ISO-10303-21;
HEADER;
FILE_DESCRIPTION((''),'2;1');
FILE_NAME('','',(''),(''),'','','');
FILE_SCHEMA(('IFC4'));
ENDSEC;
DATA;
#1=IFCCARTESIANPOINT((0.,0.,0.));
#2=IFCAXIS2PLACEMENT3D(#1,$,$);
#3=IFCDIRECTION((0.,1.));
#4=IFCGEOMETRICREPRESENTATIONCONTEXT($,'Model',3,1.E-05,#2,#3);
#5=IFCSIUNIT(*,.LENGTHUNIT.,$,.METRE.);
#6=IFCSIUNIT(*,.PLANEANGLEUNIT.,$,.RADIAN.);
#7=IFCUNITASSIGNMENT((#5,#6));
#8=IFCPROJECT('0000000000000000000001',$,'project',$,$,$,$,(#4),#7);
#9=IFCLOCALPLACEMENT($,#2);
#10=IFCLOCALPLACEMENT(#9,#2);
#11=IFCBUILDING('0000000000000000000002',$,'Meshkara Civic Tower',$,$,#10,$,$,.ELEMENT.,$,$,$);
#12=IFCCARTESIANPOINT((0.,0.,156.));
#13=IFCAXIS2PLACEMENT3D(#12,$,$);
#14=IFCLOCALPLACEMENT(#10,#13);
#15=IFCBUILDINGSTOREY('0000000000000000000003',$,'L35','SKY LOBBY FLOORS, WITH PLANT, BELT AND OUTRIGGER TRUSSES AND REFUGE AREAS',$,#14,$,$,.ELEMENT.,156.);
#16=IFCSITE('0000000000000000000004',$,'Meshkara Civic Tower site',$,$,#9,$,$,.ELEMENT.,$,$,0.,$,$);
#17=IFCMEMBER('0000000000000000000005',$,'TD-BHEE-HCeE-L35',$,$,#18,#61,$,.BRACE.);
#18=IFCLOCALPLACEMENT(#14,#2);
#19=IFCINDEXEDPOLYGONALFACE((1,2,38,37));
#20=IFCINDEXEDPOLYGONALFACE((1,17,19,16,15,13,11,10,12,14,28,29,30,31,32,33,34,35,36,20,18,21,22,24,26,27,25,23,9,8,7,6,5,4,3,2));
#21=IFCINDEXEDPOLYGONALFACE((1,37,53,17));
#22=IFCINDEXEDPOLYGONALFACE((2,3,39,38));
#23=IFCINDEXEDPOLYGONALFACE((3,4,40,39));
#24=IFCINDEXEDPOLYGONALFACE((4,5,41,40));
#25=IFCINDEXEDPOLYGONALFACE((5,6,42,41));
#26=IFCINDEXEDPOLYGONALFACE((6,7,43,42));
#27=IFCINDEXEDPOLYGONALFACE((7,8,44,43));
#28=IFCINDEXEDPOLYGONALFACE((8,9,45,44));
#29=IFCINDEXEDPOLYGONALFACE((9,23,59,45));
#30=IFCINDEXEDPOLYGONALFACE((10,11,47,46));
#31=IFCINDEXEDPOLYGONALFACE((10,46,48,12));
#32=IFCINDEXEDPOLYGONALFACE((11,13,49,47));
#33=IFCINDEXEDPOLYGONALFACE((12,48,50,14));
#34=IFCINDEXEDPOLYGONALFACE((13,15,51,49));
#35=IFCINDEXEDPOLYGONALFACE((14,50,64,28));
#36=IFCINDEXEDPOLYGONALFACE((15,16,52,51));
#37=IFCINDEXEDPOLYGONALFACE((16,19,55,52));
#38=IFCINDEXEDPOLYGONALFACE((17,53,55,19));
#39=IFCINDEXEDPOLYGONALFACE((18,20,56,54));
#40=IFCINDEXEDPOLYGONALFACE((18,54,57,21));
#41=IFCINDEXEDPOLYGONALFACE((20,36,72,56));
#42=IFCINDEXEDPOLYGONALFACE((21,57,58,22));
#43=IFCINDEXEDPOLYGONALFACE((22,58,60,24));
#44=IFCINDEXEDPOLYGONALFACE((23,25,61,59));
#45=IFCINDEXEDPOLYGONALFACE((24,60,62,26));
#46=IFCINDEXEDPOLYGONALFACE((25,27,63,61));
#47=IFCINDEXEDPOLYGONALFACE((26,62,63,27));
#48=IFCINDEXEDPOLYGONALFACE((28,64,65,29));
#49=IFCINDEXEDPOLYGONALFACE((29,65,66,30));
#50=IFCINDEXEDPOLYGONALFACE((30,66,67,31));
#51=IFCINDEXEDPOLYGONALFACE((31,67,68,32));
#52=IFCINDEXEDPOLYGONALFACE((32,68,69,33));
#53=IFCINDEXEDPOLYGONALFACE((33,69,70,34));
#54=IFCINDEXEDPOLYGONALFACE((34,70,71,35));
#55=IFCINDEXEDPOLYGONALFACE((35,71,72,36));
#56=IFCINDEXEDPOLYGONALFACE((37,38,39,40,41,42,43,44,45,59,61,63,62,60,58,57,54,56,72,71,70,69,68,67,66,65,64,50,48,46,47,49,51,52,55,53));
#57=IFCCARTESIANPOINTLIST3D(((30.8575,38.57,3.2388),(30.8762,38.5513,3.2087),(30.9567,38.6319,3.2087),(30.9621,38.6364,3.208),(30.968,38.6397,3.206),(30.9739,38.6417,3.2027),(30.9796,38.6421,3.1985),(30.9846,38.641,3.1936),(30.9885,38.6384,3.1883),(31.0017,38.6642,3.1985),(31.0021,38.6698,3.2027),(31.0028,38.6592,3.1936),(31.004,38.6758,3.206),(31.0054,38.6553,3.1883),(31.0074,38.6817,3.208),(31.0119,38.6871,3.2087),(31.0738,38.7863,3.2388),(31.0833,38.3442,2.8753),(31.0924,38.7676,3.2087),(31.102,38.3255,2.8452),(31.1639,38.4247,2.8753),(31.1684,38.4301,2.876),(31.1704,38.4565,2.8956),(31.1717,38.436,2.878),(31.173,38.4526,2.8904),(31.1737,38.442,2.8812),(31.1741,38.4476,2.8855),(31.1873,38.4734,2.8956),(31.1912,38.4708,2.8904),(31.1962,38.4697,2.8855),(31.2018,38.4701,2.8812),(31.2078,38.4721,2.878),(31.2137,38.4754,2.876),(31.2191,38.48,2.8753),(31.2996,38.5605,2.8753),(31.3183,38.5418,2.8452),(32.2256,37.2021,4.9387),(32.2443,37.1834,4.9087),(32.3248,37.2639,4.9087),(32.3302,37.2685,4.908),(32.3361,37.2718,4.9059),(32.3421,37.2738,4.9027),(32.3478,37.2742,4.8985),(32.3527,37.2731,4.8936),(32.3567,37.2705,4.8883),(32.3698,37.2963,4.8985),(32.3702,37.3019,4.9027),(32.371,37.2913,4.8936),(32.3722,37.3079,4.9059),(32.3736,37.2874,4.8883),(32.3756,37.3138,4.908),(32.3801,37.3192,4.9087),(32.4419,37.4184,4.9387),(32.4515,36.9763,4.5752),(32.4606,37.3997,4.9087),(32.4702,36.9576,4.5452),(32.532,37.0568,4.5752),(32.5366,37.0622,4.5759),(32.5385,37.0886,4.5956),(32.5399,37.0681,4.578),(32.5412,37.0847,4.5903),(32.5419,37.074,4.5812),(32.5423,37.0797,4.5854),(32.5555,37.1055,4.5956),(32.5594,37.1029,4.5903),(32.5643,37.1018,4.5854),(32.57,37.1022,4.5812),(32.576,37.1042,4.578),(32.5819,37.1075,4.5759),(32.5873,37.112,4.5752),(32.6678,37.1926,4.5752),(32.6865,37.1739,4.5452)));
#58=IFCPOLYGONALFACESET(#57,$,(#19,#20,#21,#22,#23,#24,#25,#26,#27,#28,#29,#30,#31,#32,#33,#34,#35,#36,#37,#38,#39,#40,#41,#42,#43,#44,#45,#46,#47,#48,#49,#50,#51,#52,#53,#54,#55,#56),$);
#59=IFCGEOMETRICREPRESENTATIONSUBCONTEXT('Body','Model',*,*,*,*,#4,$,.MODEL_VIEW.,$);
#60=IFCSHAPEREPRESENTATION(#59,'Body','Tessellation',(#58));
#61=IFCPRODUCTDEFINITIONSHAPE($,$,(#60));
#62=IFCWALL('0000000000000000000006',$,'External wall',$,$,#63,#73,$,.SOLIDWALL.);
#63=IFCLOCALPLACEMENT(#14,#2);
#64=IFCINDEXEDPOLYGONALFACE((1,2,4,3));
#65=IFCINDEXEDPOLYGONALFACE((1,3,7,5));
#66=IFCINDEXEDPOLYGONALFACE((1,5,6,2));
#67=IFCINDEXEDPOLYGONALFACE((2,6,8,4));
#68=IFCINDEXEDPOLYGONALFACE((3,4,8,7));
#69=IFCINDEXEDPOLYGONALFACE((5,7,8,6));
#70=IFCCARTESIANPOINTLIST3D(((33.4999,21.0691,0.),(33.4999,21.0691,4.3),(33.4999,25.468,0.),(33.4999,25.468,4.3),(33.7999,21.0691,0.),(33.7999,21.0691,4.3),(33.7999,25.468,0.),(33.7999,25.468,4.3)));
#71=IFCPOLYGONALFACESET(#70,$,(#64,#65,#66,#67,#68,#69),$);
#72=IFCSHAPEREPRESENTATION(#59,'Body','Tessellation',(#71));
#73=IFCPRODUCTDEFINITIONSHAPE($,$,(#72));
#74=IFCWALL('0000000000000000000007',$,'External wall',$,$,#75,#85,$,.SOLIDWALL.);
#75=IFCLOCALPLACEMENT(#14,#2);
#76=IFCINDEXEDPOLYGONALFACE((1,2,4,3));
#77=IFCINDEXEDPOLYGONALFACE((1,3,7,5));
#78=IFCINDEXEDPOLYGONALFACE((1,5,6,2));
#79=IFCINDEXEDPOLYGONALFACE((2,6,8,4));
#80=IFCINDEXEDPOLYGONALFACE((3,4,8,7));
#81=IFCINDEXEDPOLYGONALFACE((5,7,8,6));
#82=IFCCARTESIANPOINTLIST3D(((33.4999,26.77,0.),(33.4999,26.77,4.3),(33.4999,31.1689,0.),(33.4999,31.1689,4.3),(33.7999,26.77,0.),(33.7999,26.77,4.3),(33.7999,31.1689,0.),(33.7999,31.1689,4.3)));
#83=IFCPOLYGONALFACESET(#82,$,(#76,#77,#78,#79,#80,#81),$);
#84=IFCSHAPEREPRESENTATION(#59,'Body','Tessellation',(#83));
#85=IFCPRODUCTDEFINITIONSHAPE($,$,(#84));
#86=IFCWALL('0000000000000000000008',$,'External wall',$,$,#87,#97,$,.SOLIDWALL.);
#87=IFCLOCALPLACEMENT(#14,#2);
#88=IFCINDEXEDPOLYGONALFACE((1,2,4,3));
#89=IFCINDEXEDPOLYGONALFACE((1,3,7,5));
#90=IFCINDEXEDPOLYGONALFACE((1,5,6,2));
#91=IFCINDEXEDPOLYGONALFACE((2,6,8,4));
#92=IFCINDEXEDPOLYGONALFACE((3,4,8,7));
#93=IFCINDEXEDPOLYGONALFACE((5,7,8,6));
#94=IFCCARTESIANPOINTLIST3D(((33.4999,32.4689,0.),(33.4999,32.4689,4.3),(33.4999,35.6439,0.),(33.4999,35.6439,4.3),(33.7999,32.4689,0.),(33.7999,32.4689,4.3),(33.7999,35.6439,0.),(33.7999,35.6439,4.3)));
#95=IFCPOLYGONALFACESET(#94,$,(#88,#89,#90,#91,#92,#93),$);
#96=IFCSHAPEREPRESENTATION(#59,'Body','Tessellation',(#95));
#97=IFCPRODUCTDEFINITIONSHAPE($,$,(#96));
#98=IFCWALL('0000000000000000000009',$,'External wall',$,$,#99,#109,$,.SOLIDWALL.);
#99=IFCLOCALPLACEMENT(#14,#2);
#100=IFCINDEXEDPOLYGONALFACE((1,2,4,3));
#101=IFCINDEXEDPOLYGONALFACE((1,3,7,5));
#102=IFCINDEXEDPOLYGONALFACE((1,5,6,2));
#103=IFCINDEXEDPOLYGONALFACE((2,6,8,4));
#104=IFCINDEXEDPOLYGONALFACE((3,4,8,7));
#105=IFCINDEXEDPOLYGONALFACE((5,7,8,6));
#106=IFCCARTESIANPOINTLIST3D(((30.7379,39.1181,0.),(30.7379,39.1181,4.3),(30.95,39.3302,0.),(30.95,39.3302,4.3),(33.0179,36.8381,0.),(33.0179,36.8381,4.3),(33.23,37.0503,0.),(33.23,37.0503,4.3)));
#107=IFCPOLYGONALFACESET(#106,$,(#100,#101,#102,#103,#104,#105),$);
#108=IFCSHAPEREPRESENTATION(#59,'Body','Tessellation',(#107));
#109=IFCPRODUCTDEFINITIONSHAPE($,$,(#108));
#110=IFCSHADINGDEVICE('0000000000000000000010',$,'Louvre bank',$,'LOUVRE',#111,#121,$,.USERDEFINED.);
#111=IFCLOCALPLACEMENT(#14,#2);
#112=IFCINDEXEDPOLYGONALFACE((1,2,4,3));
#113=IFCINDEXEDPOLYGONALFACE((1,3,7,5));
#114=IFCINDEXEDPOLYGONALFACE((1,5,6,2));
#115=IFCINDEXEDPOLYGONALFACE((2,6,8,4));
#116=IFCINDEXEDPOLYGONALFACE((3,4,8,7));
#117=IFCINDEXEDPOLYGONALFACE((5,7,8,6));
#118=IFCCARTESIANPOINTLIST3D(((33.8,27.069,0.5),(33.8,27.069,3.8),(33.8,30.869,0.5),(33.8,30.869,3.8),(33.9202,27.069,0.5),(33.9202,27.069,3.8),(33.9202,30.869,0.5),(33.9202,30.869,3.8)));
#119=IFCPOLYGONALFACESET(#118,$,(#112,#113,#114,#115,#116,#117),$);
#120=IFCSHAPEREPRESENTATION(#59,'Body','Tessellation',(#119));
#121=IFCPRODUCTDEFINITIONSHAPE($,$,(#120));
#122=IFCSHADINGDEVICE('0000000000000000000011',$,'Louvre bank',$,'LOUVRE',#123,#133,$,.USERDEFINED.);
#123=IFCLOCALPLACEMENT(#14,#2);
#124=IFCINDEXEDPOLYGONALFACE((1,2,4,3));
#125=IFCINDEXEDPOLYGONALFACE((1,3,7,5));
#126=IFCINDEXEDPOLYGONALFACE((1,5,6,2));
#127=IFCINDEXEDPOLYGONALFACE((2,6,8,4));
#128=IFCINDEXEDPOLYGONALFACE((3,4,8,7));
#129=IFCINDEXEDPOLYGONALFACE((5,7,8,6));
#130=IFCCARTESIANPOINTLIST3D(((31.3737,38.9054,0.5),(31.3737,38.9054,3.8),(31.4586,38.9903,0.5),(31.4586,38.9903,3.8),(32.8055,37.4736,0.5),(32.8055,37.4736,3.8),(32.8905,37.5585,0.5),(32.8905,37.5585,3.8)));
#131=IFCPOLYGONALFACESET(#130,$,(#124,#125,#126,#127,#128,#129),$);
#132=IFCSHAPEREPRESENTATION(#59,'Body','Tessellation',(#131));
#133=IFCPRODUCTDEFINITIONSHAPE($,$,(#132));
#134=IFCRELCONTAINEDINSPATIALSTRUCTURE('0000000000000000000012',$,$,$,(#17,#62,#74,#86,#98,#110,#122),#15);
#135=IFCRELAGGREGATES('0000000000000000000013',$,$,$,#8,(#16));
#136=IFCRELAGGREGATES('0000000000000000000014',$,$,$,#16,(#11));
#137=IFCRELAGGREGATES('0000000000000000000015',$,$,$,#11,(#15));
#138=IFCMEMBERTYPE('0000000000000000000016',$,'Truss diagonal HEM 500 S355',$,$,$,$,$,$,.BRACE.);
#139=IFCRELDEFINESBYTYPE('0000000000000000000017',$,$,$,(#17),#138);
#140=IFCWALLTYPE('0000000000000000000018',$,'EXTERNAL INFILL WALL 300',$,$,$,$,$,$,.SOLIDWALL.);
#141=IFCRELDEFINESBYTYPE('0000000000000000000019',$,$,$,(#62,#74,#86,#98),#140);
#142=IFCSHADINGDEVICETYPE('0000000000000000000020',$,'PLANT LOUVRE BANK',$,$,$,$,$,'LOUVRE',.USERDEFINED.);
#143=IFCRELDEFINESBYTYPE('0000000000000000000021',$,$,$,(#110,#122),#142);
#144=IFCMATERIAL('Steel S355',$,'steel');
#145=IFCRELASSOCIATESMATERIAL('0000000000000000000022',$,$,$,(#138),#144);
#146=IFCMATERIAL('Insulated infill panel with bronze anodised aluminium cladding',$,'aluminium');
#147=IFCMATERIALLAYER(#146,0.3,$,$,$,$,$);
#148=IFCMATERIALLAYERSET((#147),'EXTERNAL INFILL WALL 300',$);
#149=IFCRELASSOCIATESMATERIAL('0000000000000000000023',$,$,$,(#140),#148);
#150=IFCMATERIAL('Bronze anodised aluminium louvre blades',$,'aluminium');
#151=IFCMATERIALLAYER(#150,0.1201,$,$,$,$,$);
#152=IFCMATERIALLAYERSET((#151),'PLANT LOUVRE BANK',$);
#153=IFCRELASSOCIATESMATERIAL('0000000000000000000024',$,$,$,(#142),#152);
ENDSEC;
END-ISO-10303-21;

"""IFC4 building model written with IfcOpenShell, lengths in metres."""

from ifc_helpers import new_model, si_unit, direction, frame, frame_2d, origin, origin_2d, place, context, subcontext, project, spatial, rectangle, i_section, extrude, material, layer, layer_set, material_profile, profile_set, type_object, element, save


model = new_model("IFC4")

# Units and contexts
model_context = context("Model", 3, precision=1e-05, world=origin(), true_north=direction((0.0, 1.0)))
body_context = subcontext(model_context, "Body", "Model", "MODEL_VIEW")
ifc_project = project(units=[si_unit("LENGTHUNIT", "METRE"), si_unit("PLANEANGLEUNIT", "RADIAN")], contexts=[model_context])

# Site, building, storey
site_placement = place(None, origin())
site = spatial("IfcSite", under=ifc_project, at=site_placement, Name="Meshkara Civic Tower site", CompositionType="ELEMENT", RefElevation=0.0)
building_placement = place(site_placement, origin())
building = spatial("IfcBuilding", under=site, at=building_placement, Name="Meshkara Civic Tower", CompositionType="ELEMENT")
storey_placement = place(building_placement, frame((0.0, 0.0, 156.0)))
storey = spatial("IfcBuildingStorey", under=building, at=storey_placement, Name="L35", Description="SKY LOBBY FLOORS, WITH PLANT, BELT AND OUTRIGGER TRUSSES AND REFUGE AREAS", CompositionType="ELEMENT", Elevation=156.0)

# Member
ifc_material_1 = material(Name="Steel S355", Category="steel")
ifc_material_profile_1 = material_profile(ifc_material_1, i_section(OverallWidth=0.3059, OverallDepth=0.5239, WebThickness=0.0239, FlangeThickness=0.04, FilletRadius=0.0271, at=origin_2d()))
ifc_profile_set_1 = profile_set([ifc_material_profile_1], Name="Steel S355")
member_type = type_object("IfcMemberType", Name="Truss diagonal HEM 500 S355", PredefinedType="BRACE", material=ifc_profile_set_1)
member_1_placement = place(storey_placement, frame((32.4561, 37.188, 4.7419), z_axis=(-0.531234, 0.531139, -0.660061), x_axis=(-0.707044, -0.70717, 0.0)))
element("IfcMember", 1, at=member_1_placement, inside=storey, type_object=member_type, Name="TD-BHEE-HCeE-L35", PredefinedType="BRACE", context=body_context, shape_type="SweptSolid", body=[
    extrude(i_section(OverallWidth=0.3059, OverallDepth=0.5239, WebThickness=0.0239, FlangeThickness=0.04, FilletRadius=0.0271, at=origin_2d()), origin(), (0.0, 0.0, 1.0), 2.5754),
])

# Walls
ifc_material_2 = material(Name="Insulated infill panel with bronze anodised aluminium cladding", Category="aluminium")
ifc_layer_1 = layer(ifc_material_2, 0.3)
ifc_layer_set_1 = layer_set([ifc_layer_1], Name="EXTERNAL INFILL WALL 300")
wall_type = type_object("IfcWallType", Name="EXTERNAL INFILL WALL 300", PredefinedType="SOLIDWALL", material=ifc_layer_set_1)
for number, where, z_axis, x_axis, name in (
    (2, (33.6499, 21.0691, 0.0), (0.0, 0.0, 1.0), (0.0, 1.0, 0.0), "External wall"),
    (3, (33.6499, 26.77, 0.0), (0.0, 0.0, 1.0), (0.0, 1.0, 0.0), "External wall"),
):
    element("IfcWall", number, at=place(storey_placement, frame(where, z_axis=z_axis, x_axis=x_axis)), inside=storey, type_object=wall_type, Name=name, PredefinedType="SOLIDWALL", context=body_context, shape_type="SweptSolid", body=[
        extrude(rectangle(XDim=4.3989, YDim=0.3, at=frame_2d((2.1995, 0.0))), origin(), (0.0, 0.0, 1.0), 4.3),
    ])
wall_1_placement = place(storey_placement, frame((33.6499, 32.469, 0.0), z_axis=(0.0, 0.0, 1.0), x_axis=(0.0, 1.0, 0.0)))
element("IfcWall", 4, at=wall_1_placement, inside=storey, type_object=wall_type, Name="External wall", PredefinedType="SOLIDWALL", context=body_context, shape_type="SweptSolid", body=[
    extrude(rectangle(XDim=3.175, YDim=0.3, at=frame_2d((1.5874, 0.0))), origin(), (0.0, 0.0, 1.0), 4.3),
])
wall_2_placement = place(storey_placement, frame((33.124, 36.9441, 0.0), z_axis=(0.0, 0.0, 1.0), x_axis=(-0.707107, 0.707107, 0.0)))
element("IfcWall", 5, at=wall_2_placement, inside=storey, type_object=wall_type, Name="External wall", PredefinedType="SOLIDWALL", context=body_context, shape_type="SweptSolid", body=[
    extrude(rectangle(XDim=3.2244, YDim=0.3, at=frame_2d((1.6123, 0.0))), origin(), (0.0, 0.0, 1.0), 4.3),
])

# Shading devices
ifc_material_3 = material(Name="Bronze anodised aluminium louvre blades", Category="aluminium")
ifc_layer_2 = layer(ifc_material_3, 0.1201)
ifc_layer_set_2 = layer_set([ifc_layer_2], Name="PLANT LOUVRE BANK")
shading_device_type = type_object("IfcShadingDeviceType", Name="PLANT LOUVRE BANK", ElementType="LOUVRE", PredefinedType="USERDEFINED", material=ifc_layer_set_2)
shading_device_1_placement = place(storey_placement, frame((33.8601, 28.969, 0.5), z_axis=(0.0, 0.0, 1.0), x_axis=(0.0, 1.0, 0.0)))
element("IfcShadingDevice", 6, at=shading_device_1_placement, inside=storey, type_object=shading_device_type, Name="Louvre bank", ObjectType="LOUVRE", PredefinedType="USERDEFINED", context=body_context, shape_type="SweptSolid", body=[
    extrude(rectangle(XDim=3.8, YDim=0.1201, at=origin_2d()), origin(), (0.0, 0.0, 1.0), 3.3),
])
shading_device_2_placement = place(storey_placement, frame((32.1321, 38.2319, 0.5), z_axis=(0.0, 0.0, 1.0), x_axis=(-0.707107, 0.707107, 0.0)))
element("IfcShadingDevice", 7, at=shading_device_2_placement, inside=storey, type_object=shading_device_type, Name="Louvre bank", ObjectType="LOUVRE", PredefinedType="USERDEFINED", context=body_context, shape_type="SweptSolid", body=[
    extrude(rectangle(XDim=2.0249, YDim=0.1201, at=origin_2d()), origin(), (0.0, 0.0, 1.0), 3.3),
])

save(model, "model.ifc")
